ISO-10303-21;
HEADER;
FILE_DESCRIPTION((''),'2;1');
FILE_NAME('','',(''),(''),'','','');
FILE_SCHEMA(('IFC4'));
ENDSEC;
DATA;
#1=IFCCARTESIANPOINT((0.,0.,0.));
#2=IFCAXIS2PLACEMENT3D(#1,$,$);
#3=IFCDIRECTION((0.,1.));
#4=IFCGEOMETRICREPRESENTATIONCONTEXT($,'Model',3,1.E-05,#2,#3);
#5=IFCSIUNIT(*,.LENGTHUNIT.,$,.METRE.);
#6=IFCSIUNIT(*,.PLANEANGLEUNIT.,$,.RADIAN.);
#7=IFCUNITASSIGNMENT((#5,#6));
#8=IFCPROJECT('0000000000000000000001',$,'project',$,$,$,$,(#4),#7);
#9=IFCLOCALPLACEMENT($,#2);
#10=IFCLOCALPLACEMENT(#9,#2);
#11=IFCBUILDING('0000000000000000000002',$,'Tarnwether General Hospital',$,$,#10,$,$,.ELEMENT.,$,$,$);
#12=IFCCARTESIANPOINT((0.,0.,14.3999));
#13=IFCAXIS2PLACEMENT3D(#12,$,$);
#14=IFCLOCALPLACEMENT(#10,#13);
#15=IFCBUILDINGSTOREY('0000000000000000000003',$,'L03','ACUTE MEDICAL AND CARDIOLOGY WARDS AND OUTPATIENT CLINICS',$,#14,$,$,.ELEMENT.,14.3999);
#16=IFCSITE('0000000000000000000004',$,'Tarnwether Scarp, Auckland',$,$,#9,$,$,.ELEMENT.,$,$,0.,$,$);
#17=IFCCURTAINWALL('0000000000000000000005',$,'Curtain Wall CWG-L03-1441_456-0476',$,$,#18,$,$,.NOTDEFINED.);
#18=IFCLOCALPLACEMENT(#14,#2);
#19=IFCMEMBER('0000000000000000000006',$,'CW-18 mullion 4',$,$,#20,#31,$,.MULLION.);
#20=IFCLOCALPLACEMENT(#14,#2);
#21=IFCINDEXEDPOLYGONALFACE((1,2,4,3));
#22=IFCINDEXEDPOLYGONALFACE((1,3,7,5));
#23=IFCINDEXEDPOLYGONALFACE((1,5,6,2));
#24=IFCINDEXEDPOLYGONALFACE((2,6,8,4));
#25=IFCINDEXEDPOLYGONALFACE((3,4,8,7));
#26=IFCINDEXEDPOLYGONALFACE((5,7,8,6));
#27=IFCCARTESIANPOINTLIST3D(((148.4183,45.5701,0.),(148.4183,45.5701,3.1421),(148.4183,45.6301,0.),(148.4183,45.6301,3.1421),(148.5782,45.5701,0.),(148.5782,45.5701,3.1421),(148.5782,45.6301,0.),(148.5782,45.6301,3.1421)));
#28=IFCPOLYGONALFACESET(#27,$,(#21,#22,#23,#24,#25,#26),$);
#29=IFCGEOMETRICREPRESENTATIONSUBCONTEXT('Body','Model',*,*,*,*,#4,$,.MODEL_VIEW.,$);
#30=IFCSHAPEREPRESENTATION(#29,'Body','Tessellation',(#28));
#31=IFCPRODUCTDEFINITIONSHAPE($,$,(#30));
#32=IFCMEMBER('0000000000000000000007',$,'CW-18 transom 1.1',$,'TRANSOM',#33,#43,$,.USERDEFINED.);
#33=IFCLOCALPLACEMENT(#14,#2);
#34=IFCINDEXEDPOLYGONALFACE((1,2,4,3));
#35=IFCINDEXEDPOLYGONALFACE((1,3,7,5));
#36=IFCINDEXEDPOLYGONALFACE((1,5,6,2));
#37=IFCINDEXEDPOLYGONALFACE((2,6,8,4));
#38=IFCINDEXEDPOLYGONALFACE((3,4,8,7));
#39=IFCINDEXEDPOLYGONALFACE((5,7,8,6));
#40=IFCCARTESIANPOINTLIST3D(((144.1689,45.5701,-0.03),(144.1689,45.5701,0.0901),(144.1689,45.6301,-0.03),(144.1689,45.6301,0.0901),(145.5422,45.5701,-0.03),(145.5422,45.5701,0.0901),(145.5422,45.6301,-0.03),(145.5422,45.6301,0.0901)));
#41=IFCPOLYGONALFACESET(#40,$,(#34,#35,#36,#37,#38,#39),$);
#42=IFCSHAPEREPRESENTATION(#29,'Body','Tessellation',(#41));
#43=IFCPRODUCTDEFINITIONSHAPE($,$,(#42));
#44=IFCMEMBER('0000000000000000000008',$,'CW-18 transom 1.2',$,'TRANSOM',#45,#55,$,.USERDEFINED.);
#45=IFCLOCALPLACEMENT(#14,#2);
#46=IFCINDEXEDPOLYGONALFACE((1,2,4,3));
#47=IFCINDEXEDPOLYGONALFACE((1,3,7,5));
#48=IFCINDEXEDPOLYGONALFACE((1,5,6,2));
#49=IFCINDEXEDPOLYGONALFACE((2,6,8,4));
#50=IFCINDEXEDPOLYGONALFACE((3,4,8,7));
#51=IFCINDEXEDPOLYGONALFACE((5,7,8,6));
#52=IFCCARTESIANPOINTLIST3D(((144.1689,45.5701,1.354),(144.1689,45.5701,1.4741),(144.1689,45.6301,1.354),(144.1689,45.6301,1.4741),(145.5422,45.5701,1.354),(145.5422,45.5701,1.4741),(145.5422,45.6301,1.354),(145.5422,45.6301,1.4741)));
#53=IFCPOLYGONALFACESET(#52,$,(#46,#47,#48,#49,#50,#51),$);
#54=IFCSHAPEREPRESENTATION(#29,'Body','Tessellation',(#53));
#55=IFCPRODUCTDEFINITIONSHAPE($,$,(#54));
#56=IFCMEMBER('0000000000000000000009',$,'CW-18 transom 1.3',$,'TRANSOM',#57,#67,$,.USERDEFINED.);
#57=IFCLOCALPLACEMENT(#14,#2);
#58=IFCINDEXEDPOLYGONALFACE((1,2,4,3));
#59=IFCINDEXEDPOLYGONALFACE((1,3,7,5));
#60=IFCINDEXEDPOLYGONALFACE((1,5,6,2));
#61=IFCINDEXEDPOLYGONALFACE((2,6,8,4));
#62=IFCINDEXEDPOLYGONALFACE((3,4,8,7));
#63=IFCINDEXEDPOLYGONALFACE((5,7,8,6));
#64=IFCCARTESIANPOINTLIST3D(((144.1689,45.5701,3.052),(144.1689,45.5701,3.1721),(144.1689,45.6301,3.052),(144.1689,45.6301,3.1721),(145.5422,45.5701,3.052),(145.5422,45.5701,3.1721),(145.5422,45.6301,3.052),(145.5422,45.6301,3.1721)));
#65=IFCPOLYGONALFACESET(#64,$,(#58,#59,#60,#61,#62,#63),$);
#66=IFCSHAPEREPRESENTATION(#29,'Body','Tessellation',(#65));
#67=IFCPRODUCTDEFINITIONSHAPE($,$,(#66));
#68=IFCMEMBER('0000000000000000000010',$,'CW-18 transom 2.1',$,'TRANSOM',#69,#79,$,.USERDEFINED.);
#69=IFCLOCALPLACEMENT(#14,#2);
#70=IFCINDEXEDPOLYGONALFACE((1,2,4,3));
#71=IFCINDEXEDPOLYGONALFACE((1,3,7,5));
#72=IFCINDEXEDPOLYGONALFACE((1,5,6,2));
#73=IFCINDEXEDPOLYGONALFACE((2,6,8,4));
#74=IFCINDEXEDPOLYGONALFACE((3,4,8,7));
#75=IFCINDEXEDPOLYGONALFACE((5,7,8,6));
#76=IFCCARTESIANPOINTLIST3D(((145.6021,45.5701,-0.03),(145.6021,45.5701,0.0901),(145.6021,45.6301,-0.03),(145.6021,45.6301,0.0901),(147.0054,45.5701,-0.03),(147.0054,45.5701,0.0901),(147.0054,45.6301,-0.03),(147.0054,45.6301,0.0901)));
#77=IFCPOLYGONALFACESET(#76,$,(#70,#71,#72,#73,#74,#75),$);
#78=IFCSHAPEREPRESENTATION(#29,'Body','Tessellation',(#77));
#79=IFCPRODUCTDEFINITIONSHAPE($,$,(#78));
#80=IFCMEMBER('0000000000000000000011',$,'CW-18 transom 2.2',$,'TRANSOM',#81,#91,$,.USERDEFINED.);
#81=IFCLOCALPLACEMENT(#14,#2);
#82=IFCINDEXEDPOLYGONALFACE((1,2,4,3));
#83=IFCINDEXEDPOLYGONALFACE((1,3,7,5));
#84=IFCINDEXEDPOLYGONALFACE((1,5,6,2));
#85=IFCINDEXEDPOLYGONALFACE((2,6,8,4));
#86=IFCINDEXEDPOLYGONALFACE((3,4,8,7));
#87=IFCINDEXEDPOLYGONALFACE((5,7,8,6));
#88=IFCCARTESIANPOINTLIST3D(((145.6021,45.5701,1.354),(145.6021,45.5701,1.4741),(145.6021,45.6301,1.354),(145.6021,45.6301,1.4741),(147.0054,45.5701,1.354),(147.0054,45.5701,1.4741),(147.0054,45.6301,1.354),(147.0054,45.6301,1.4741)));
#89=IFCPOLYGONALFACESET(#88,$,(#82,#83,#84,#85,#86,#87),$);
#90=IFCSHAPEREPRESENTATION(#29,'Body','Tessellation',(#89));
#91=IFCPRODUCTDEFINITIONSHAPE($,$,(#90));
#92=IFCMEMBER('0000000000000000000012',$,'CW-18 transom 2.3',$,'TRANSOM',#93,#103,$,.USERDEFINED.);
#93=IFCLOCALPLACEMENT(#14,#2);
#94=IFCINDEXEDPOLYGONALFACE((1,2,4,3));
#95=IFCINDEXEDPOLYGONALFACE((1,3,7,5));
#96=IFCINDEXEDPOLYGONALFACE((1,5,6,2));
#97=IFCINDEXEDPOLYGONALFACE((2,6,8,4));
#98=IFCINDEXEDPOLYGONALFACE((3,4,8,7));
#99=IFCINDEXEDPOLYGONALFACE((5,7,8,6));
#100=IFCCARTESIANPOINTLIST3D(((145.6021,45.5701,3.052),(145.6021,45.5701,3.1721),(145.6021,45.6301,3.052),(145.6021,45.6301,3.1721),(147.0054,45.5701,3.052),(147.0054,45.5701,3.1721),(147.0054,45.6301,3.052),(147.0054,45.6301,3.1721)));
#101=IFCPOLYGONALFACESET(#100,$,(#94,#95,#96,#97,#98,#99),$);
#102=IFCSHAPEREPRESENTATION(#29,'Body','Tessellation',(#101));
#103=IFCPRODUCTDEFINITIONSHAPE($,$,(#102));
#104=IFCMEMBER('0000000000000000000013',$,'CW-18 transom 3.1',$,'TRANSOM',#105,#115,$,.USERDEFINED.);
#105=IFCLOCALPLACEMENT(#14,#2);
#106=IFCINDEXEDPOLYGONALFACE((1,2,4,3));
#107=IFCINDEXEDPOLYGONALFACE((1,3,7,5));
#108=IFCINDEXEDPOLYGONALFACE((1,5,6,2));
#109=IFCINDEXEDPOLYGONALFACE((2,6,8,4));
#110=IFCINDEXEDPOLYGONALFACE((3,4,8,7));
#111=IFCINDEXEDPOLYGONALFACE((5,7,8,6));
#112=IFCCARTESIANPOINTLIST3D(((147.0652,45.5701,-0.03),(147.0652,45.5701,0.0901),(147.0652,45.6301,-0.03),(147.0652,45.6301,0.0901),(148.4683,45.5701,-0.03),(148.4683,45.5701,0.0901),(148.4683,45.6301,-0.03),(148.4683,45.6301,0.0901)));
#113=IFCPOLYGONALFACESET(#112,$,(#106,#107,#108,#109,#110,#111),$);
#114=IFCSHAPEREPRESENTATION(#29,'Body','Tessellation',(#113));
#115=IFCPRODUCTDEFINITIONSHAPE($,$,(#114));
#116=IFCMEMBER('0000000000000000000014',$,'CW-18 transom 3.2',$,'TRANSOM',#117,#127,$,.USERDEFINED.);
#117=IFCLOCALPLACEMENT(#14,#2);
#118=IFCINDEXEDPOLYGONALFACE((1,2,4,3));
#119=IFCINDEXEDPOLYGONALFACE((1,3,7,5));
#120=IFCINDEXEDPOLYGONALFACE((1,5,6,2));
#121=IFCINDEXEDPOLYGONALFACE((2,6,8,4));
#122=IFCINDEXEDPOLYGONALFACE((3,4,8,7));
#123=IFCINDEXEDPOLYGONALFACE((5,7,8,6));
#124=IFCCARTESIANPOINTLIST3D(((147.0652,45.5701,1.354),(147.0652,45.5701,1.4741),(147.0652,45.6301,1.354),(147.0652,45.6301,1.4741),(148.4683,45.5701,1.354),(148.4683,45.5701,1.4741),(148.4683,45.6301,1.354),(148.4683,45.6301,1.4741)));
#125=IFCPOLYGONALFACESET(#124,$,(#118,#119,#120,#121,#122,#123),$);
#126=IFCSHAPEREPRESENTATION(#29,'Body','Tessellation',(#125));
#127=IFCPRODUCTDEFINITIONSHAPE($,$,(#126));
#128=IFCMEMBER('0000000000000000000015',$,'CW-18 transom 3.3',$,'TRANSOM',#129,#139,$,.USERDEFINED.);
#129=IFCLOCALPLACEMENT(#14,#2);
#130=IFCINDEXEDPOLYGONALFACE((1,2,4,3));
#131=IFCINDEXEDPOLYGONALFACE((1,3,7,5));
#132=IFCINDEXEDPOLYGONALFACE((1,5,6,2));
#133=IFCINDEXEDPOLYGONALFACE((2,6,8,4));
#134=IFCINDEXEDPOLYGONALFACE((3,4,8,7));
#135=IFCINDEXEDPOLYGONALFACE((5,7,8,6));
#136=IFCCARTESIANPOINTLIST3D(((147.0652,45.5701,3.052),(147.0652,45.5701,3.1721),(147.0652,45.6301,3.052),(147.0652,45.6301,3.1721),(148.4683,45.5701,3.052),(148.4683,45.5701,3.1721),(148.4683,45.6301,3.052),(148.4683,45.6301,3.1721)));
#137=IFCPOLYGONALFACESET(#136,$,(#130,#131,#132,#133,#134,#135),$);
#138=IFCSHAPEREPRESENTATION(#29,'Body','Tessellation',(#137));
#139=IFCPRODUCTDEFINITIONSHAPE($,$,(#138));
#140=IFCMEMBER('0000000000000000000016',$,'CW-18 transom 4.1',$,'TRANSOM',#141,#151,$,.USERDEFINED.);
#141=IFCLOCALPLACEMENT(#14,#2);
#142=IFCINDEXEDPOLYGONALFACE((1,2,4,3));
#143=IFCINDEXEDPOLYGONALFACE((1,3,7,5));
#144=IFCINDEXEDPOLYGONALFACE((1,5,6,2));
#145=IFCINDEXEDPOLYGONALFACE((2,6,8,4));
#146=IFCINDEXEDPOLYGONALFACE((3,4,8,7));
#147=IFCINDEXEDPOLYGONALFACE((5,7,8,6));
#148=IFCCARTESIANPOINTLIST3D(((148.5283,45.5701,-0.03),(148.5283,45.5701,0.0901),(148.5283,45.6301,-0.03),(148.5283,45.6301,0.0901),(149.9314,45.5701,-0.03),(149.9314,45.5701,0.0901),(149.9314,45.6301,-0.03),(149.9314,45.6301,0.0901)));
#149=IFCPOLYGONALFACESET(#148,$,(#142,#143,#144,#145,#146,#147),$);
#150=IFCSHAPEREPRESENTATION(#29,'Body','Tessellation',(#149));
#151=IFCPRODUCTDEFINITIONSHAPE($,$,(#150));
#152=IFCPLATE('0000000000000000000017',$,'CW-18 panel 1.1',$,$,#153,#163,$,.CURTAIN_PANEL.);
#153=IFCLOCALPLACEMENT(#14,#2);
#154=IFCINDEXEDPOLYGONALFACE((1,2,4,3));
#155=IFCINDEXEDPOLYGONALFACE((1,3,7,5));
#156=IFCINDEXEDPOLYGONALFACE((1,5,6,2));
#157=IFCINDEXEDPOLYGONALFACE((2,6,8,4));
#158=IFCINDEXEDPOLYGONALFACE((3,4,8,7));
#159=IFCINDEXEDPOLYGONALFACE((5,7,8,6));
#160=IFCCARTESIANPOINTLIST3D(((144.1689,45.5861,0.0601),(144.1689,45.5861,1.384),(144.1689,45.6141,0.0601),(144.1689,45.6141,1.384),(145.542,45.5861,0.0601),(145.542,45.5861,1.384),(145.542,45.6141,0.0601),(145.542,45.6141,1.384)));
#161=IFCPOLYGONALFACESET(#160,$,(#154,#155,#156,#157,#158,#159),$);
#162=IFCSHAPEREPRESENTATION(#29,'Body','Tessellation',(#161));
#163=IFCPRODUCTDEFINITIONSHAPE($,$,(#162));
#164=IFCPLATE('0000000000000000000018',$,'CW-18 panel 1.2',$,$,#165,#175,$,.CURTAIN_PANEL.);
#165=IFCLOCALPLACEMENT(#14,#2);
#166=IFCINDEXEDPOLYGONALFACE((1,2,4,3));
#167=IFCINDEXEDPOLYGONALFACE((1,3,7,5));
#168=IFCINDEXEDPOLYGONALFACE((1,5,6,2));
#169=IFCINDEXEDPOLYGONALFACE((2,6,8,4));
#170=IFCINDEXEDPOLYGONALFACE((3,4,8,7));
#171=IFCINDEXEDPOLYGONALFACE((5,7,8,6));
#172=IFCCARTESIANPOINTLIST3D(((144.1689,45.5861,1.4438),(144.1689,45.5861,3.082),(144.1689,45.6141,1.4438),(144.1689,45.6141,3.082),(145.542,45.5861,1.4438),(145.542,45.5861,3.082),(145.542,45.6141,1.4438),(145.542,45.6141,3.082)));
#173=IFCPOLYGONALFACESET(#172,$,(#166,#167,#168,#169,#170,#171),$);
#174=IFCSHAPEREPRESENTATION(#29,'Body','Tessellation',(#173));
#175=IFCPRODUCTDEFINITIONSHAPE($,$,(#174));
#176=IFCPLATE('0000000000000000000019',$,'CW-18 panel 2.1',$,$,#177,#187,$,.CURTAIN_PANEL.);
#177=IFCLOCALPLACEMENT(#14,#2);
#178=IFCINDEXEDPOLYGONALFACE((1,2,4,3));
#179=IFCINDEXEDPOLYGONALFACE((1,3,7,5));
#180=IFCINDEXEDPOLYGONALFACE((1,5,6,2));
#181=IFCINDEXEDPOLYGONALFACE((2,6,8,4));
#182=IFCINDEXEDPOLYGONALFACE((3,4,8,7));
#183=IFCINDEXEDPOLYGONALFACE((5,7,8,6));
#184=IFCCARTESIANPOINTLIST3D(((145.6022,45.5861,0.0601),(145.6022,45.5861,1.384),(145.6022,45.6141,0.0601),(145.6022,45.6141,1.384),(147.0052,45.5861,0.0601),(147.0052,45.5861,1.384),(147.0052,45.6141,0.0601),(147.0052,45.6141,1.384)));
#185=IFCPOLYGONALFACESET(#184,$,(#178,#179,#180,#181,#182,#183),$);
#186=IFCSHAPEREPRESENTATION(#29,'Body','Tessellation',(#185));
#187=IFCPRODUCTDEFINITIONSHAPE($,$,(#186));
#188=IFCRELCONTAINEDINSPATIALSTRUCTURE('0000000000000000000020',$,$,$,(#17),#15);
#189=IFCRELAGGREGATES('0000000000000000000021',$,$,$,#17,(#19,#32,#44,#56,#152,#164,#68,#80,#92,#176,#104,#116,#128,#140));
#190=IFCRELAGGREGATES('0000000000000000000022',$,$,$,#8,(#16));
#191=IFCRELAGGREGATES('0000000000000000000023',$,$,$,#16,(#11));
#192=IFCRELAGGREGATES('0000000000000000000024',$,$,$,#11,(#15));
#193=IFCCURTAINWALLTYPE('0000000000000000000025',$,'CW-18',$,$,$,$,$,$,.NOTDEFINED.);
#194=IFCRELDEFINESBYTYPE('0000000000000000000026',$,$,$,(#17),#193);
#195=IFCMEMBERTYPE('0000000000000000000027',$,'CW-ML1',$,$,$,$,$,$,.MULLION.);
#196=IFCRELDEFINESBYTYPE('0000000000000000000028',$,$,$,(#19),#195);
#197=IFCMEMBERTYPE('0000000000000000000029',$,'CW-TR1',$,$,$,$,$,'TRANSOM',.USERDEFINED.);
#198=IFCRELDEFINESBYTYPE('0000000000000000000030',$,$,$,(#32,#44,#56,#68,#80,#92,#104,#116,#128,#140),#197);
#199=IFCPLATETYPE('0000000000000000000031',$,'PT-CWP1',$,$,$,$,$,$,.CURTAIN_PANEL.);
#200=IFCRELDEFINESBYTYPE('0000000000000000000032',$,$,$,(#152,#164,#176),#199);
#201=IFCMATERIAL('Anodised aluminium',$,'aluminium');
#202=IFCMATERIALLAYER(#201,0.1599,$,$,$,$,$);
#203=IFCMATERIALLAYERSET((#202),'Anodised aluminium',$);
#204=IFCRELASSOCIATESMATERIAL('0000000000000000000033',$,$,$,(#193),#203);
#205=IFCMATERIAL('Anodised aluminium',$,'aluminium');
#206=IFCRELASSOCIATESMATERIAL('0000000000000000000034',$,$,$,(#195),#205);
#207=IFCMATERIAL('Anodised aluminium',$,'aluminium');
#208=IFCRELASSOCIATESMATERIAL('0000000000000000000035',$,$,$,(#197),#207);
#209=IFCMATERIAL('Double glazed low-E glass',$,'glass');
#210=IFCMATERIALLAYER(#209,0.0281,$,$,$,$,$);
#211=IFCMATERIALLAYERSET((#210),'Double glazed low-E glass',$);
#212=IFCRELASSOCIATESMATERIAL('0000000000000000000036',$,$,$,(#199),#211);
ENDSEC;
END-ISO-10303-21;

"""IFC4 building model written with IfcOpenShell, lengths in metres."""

from ifc_helpers import new_model, si_unit, direction, frame, origin, origin_2d, place, context, subcontext, project, spatial, rectangle, extrude, material, layer, layer_set, material_profile, profile_set, type_object, element, aggregate, save


model = new_model("IFC4")

# Units and contexts
model_context = context("Model", 3, precision=1e-05, world=origin(), true_north=direction((0.0, 1.0)))
body_context = subcontext(model_context, "Body", "Model", "MODEL_VIEW")
ifc_project = project(units=[si_unit("LENGTHUNIT", "METRE"), si_unit("PLANEANGLEUNIT", "RADIAN")], contexts=[model_context])

# Site, building, storey
site_placement = place(None, origin())
site = spatial("IfcSite", under=ifc_project, at=site_placement, Name="Tarnwether Scarp, Auckland", CompositionType="ELEMENT", RefElevation=0.0)
building_placement = place(site_placement, origin())
building = spatial("IfcBuilding", under=site, at=building_placement, Name="Tarnwether General Hospital", CompositionType="ELEMENT")
storey_placement = place(building_placement, frame((0.0, 0.0, 14.3999)))
storey = spatial("IfcBuildingStorey", under=building, at=storey_placement, Name="L03", Description="ACUTE MEDICAL AND CARDIOLOGY WARDS AND OUTPATIENT CLINICS", CompositionType="ELEMENT", Elevation=14.3999)

# Curtain wall, members, plates
ifc_material_1 = material(Name="Anodised aluminium", Category="aluminium")
ifc_layer_1 = layer(ifc_material_1, 0.1599)
ifc_layer_set_1 = layer_set([ifc_layer_1], Name="Anodised aluminium")
curtain_wall_type = type_object("IfcCurtainWallType", Name="CW-18", PredefinedType="NOTDEFINED", material=ifc_layer_set_1)
curtain_wall_placement = place(storey_placement, origin())
curtain_wall = element("IfcCurtainWall", 1, at=curtain_wall_placement, inside=storey, type_object=curtain_wall_type, Name="Curtain Wall CWG-L03-1441_456-0476", PredefinedType="NOTDEFINED")
ifc_material_2 = material(Name="Anodised aluminium", Category="aluminium")
ifc_material_profile_1 = material_profile(ifc_material_2, rectangle(XDim=0.0601, YDim=0.1599, at=origin_2d()), Name="ALU-MUL-60x160")
ifc_profile_set_1 = profile_set([ifc_material_profile_1], Name="Anodised aluminium")
member_type_1 = type_object("IfcMemberType", Name="CW-ML1", PredefinedType="MULLION", material=ifc_profile_set_1)
member_1_placement = place(storey_placement, frame((148.4983, 45.6001, 0.0), z_axis=(0.0, 0.0, 1.0), x_axis=(0.0, 1.0, 0.0)))
member_1 = element("IfcMember", 2, at=member_1_placement, type_object=member_type_1, Name="CW-18 mullion 4", PredefinedType="MULLION", context=body_context, shape_type="SweptSolid", body=[
    extrude(rectangle(XDim=0.0601, YDim=0.1599, at=origin_2d()), origin(), (0.0, 0.0, 1.0), 3.1421),
])
ifc_material_3 = material(Name="Anodised aluminium", Category="aluminium")
ifc_material_profile_2 = material_profile(ifc_material_3, rectangle(XDim=0.0601, YDim=0.1201, at=origin_2d()), Name="ALU-TRN-60x120")
ifc_profile_set_2 = profile_set([ifc_material_profile_2], Name="Anodised aluminium")
member_type_2 = type_object("IfcMemberType", Name="CW-TR1", ElementType="TRANSOM", PredefinedType="USERDEFINED", material=ifc_profile_set_2)
member_2_placement = place(storey_placement, frame((144.1689, 45.6001, 0.03), z_axis=(1.0, 0.0, 0.0), x_axis=(0.0, 1.0, 0.0)))
member_2 = element("IfcMember", 3, at=member_2_placement, type_object=member_type_2, Name="CW-18 transom 1.1", ObjectType="TRANSOM", PredefinedType="USERDEFINED", context=body_context, shape_type="SweptSolid", body=[
    extrude(rectangle(XDim=0.0601, YDim=0.1201, at=origin_2d()), origin(), (0.0, 0.0, 1.0), 1.3733),
])
member_3_placement = place(storey_placement, frame((144.1689, 45.6001, 1.4141), z_axis=(1.0, 0.0, 0.0), x_axis=(0.0, 1.0, 0.0)))
member_3 = element("IfcMember", 4, at=member_3_placement, type_object=member_type_2, Name="CW-18 transom 1.2", ObjectType="TRANSOM", PredefinedType="USERDEFINED", context=body_context, shape_type="SweptSolid", body=[
    extrude(rectangle(XDim=0.0601, YDim=0.1201, at=origin_2d()), origin(), (0.0, 0.0, 1.0), 1.3733),
])
member_4_placement = place(storey_placement, frame((144.1689, 45.6001, 3.1121), z_axis=(1.0, 0.0, 0.0), x_axis=(0.0, 1.0, 0.0)))
member_4 = element("IfcMember", 5, at=member_4_placement, type_object=member_type_2, Name="CW-18 transom 1.3", ObjectType="TRANSOM", PredefinedType="USERDEFINED", context=body_context, shape_type="SweptSolid", body=[
    extrude(rectangle(XDim=0.0601, YDim=0.1201, at=origin_2d()), origin(), (0.0, 0.0, 1.0), 1.3733),
])
member_5_placement = place(storey_placement, frame((145.6021, 45.6001, 0.03), z_axis=(1.0, 0.0, 0.0), x_axis=(0.0, 1.0, 0.0)))
member_5 = element("IfcMember", 6, at=member_5_placement, type_object=member_type_2, Name="CW-18 transom 2.1", ObjectType="TRANSOM", PredefinedType="USERDEFINED", context=body_context, shape_type="SweptSolid", body=[
    extrude(rectangle(XDim=0.0601, YDim=0.1201, at=origin_2d()), origin(), (0.0, 0.0, 1.0), 1.4033),
])
member_6_placement = place(storey_placement, frame((145.6021, 45.6001, 1.4141), z_axis=(1.0, 0.0, 0.0), x_axis=(0.0, 1.0, 0.0)))
member_6 = element("IfcMember", 7, at=member_6_placement, type_object=member_type_2, Name="CW-18 transom 2.2", ObjectType="TRANSOM", PredefinedType="USERDEFINED", context=body_context, shape_type="SweptSolid", body=[
    extrude(rectangle(XDim=0.0601, YDim=0.1201, at=origin_2d()), origin(), (0.0, 0.0, 1.0), 1.4033),
])
member_7_placement = place(storey_placement, frame((145.6021, 45.6001, 3.1121), z_axis=(1.0, 0.0, 0.0), x_axis=(0.0, 1.0, 0.0)))
member_7 = element("IfcMember", 8, at=member_7_placement, type_object=member_type_2, Name="CW-18 transom 2.3", ObjectType="TRANSOM", PredefinedType="USERDEFINED", context=body_context, shape_type="SweptSolid", body=[
    extrude(rectangle(XDim=0.0601, YDim=0.1201, at=origin_2d()), origin(), (0.0, 0.0, 1.0), 1.4033),
])
member_8_placement = place(storey_placement, frame((147.0652, 45.6001, 0.03), z_axis=(1.0, 0.0, 0.0), x_axis=(0.0, 1.0, 0.0)))
member_8 = element("IfcMember", 9, at=member_8_placement, type_object=member_type_2, Name="CW-18 transom 3.1", ObjectType="TRANSOM", PredefinedType="USERDEFINED", context=body_context, shape_type="SweptSolid", body=[
    extrude(rectangle(XDim=0.0601, YDim=0.1201, at=origin_2d()), origin(), (0.0, 0.0, 1.0), 1.4031),
])
member_9_placement = place(storey_placement, frame((147.0652, 45.6001, 1.4141), z_axis=(1.0, 0.0, 0.0), x_axis=(0.0, 1.0, 0.0)))
member_9 = element("IfcMember", 10, at=member_9_placement, type_object=member_type_2, Name="CW-18 transom 3.2", ObjectType="TRANSOM", PredefinedType="USERDEFINED", context=body_context, shape_type="SweptSolid", body=[
    extrude(rectangle(XDim=0.0601, YDim=0.1201, at=origin_2d()), origin(), (0.0, 0.0, 1.0), 1.4031),
])
member_10_placement = place(storey_placement, frame((147.0652, 45.6001, 3.1121), z_axis=(1.0, 0.0, 0.0), x_axis=(0.0, 1.0, 0.0)))
member_10 = element("IfcMember", 11, at=member_10_placement, type_object=member_type_2, Name="CW-18 transom 3.3", ObjectType="TRANSOM", PredefinedType="USERDEFINED", context=body_context, shape_type="SweptSolid", body=[
    extrude(rectangle(XDim=0.0601, YDim=0.1201, at=origin_2d()), origin(), (0.0, 0.0, 1.0), 1.4031),
])
member_11_placement = place(storey_placement, frame((148.5283, 45.6001, 0.03), z_axis=(1.0, 0.0, 0.0), x_axis=(0.0, 1.0, 0.0)))
member_11 = element("IfcMember", 12, at=member_11_placement, type_object=member_type_2, Name="CW-18 transom 4.1", ObjectType="TRANSOM", PredefinedType="USERDEFINED", context=body_context, shape_type="SweptSolid", body=[
    extrude(rectangle(XDim=0.0601, YDim=0.1201, at=origin_2d()), origin(), (0.0, 0.0, 1.0), 1.4031),
])
ifc_material_4 = material(Name="Double glazed low-E glass", Category="glass")
ifc_layer_2 = layer(ifc_material_4, 0.0281)
ifc_layer_set_2 = layer_set([ifc_layer_2], Name="Double glazed low-E glass")
plate_type = type_object("IfcPlateType", Name="PT-CWP1", PredefinedType="CURTAIN_PANEL", material=ifc_layer_set_2)
plate_1_placement = place(storey_placement, frame((144.8555, 45.6001, 0.0601), z_axis=(0.0, 0.0, 1.0), x_axis=(1.0, 0.0, 0.0)))
plate_1 = element("IfcPlate", 13, at=plate_1_placement, type_object=plate_type, Name="CW-18 panel 1.1", PredefinedType="CURTAIN_PANEL", context=body_context, shape_type="SweptSolid", body=[
    extrude(rectangle(XDim=1.373, YDim=0.0281, at=origin_2d()), origin(), (0.0, 0.0, 1.0), 1.324),
])
plate_2_placement = place(storey_placement, frame((144.8555, 45.6001, 1.4438), z_axis=(0.0, 0.0, 1.0), x_axis=(1.0, 0.0, 0.0)))
plate_2 = element("IfcPlate", 14, at=plate_2_placement, type_object=plate_type, Name="CW-18 panel 1.2", PredefinedType="CURTAIN_PANEL", context=body_context, shape_type="SweptSolid", body=[
    extrude(rectangle(XDim=1.373, YDim=0.0281, at=origin_2d()), origin(), (0.0, 0.0, 1.0), 1.6382),
])
plate_3_placement = place(storey_placement, frame((146.3037, 45.6001, 0.0601), z_axis=(0.0, 0.0, 1.0), x_axis=(1.0, 0.0, 0.0)))
plate_3 = element("IfcPlate", 15, at=plate_3_placement, type_object=plate_type, Name="CW-18 panel 2.1", PredefinedType="CURTAIN_PANEL", context=body_context, shape_type="SweptSolid", body=[
    extrude(rectangle(XDim=1.4031, YDim=0.0281, at=origin_2d()), origin(), (0.0, 0.0, 1.0), 1.324),
])
aggregate(curtain_wall, [member_1, member_2, member_3, member_4, plate_1, plate_2, member_5, member_6, member_7, plate_3, member_8, member_9, member_10, member_11])

save(model, "model.ifc")
